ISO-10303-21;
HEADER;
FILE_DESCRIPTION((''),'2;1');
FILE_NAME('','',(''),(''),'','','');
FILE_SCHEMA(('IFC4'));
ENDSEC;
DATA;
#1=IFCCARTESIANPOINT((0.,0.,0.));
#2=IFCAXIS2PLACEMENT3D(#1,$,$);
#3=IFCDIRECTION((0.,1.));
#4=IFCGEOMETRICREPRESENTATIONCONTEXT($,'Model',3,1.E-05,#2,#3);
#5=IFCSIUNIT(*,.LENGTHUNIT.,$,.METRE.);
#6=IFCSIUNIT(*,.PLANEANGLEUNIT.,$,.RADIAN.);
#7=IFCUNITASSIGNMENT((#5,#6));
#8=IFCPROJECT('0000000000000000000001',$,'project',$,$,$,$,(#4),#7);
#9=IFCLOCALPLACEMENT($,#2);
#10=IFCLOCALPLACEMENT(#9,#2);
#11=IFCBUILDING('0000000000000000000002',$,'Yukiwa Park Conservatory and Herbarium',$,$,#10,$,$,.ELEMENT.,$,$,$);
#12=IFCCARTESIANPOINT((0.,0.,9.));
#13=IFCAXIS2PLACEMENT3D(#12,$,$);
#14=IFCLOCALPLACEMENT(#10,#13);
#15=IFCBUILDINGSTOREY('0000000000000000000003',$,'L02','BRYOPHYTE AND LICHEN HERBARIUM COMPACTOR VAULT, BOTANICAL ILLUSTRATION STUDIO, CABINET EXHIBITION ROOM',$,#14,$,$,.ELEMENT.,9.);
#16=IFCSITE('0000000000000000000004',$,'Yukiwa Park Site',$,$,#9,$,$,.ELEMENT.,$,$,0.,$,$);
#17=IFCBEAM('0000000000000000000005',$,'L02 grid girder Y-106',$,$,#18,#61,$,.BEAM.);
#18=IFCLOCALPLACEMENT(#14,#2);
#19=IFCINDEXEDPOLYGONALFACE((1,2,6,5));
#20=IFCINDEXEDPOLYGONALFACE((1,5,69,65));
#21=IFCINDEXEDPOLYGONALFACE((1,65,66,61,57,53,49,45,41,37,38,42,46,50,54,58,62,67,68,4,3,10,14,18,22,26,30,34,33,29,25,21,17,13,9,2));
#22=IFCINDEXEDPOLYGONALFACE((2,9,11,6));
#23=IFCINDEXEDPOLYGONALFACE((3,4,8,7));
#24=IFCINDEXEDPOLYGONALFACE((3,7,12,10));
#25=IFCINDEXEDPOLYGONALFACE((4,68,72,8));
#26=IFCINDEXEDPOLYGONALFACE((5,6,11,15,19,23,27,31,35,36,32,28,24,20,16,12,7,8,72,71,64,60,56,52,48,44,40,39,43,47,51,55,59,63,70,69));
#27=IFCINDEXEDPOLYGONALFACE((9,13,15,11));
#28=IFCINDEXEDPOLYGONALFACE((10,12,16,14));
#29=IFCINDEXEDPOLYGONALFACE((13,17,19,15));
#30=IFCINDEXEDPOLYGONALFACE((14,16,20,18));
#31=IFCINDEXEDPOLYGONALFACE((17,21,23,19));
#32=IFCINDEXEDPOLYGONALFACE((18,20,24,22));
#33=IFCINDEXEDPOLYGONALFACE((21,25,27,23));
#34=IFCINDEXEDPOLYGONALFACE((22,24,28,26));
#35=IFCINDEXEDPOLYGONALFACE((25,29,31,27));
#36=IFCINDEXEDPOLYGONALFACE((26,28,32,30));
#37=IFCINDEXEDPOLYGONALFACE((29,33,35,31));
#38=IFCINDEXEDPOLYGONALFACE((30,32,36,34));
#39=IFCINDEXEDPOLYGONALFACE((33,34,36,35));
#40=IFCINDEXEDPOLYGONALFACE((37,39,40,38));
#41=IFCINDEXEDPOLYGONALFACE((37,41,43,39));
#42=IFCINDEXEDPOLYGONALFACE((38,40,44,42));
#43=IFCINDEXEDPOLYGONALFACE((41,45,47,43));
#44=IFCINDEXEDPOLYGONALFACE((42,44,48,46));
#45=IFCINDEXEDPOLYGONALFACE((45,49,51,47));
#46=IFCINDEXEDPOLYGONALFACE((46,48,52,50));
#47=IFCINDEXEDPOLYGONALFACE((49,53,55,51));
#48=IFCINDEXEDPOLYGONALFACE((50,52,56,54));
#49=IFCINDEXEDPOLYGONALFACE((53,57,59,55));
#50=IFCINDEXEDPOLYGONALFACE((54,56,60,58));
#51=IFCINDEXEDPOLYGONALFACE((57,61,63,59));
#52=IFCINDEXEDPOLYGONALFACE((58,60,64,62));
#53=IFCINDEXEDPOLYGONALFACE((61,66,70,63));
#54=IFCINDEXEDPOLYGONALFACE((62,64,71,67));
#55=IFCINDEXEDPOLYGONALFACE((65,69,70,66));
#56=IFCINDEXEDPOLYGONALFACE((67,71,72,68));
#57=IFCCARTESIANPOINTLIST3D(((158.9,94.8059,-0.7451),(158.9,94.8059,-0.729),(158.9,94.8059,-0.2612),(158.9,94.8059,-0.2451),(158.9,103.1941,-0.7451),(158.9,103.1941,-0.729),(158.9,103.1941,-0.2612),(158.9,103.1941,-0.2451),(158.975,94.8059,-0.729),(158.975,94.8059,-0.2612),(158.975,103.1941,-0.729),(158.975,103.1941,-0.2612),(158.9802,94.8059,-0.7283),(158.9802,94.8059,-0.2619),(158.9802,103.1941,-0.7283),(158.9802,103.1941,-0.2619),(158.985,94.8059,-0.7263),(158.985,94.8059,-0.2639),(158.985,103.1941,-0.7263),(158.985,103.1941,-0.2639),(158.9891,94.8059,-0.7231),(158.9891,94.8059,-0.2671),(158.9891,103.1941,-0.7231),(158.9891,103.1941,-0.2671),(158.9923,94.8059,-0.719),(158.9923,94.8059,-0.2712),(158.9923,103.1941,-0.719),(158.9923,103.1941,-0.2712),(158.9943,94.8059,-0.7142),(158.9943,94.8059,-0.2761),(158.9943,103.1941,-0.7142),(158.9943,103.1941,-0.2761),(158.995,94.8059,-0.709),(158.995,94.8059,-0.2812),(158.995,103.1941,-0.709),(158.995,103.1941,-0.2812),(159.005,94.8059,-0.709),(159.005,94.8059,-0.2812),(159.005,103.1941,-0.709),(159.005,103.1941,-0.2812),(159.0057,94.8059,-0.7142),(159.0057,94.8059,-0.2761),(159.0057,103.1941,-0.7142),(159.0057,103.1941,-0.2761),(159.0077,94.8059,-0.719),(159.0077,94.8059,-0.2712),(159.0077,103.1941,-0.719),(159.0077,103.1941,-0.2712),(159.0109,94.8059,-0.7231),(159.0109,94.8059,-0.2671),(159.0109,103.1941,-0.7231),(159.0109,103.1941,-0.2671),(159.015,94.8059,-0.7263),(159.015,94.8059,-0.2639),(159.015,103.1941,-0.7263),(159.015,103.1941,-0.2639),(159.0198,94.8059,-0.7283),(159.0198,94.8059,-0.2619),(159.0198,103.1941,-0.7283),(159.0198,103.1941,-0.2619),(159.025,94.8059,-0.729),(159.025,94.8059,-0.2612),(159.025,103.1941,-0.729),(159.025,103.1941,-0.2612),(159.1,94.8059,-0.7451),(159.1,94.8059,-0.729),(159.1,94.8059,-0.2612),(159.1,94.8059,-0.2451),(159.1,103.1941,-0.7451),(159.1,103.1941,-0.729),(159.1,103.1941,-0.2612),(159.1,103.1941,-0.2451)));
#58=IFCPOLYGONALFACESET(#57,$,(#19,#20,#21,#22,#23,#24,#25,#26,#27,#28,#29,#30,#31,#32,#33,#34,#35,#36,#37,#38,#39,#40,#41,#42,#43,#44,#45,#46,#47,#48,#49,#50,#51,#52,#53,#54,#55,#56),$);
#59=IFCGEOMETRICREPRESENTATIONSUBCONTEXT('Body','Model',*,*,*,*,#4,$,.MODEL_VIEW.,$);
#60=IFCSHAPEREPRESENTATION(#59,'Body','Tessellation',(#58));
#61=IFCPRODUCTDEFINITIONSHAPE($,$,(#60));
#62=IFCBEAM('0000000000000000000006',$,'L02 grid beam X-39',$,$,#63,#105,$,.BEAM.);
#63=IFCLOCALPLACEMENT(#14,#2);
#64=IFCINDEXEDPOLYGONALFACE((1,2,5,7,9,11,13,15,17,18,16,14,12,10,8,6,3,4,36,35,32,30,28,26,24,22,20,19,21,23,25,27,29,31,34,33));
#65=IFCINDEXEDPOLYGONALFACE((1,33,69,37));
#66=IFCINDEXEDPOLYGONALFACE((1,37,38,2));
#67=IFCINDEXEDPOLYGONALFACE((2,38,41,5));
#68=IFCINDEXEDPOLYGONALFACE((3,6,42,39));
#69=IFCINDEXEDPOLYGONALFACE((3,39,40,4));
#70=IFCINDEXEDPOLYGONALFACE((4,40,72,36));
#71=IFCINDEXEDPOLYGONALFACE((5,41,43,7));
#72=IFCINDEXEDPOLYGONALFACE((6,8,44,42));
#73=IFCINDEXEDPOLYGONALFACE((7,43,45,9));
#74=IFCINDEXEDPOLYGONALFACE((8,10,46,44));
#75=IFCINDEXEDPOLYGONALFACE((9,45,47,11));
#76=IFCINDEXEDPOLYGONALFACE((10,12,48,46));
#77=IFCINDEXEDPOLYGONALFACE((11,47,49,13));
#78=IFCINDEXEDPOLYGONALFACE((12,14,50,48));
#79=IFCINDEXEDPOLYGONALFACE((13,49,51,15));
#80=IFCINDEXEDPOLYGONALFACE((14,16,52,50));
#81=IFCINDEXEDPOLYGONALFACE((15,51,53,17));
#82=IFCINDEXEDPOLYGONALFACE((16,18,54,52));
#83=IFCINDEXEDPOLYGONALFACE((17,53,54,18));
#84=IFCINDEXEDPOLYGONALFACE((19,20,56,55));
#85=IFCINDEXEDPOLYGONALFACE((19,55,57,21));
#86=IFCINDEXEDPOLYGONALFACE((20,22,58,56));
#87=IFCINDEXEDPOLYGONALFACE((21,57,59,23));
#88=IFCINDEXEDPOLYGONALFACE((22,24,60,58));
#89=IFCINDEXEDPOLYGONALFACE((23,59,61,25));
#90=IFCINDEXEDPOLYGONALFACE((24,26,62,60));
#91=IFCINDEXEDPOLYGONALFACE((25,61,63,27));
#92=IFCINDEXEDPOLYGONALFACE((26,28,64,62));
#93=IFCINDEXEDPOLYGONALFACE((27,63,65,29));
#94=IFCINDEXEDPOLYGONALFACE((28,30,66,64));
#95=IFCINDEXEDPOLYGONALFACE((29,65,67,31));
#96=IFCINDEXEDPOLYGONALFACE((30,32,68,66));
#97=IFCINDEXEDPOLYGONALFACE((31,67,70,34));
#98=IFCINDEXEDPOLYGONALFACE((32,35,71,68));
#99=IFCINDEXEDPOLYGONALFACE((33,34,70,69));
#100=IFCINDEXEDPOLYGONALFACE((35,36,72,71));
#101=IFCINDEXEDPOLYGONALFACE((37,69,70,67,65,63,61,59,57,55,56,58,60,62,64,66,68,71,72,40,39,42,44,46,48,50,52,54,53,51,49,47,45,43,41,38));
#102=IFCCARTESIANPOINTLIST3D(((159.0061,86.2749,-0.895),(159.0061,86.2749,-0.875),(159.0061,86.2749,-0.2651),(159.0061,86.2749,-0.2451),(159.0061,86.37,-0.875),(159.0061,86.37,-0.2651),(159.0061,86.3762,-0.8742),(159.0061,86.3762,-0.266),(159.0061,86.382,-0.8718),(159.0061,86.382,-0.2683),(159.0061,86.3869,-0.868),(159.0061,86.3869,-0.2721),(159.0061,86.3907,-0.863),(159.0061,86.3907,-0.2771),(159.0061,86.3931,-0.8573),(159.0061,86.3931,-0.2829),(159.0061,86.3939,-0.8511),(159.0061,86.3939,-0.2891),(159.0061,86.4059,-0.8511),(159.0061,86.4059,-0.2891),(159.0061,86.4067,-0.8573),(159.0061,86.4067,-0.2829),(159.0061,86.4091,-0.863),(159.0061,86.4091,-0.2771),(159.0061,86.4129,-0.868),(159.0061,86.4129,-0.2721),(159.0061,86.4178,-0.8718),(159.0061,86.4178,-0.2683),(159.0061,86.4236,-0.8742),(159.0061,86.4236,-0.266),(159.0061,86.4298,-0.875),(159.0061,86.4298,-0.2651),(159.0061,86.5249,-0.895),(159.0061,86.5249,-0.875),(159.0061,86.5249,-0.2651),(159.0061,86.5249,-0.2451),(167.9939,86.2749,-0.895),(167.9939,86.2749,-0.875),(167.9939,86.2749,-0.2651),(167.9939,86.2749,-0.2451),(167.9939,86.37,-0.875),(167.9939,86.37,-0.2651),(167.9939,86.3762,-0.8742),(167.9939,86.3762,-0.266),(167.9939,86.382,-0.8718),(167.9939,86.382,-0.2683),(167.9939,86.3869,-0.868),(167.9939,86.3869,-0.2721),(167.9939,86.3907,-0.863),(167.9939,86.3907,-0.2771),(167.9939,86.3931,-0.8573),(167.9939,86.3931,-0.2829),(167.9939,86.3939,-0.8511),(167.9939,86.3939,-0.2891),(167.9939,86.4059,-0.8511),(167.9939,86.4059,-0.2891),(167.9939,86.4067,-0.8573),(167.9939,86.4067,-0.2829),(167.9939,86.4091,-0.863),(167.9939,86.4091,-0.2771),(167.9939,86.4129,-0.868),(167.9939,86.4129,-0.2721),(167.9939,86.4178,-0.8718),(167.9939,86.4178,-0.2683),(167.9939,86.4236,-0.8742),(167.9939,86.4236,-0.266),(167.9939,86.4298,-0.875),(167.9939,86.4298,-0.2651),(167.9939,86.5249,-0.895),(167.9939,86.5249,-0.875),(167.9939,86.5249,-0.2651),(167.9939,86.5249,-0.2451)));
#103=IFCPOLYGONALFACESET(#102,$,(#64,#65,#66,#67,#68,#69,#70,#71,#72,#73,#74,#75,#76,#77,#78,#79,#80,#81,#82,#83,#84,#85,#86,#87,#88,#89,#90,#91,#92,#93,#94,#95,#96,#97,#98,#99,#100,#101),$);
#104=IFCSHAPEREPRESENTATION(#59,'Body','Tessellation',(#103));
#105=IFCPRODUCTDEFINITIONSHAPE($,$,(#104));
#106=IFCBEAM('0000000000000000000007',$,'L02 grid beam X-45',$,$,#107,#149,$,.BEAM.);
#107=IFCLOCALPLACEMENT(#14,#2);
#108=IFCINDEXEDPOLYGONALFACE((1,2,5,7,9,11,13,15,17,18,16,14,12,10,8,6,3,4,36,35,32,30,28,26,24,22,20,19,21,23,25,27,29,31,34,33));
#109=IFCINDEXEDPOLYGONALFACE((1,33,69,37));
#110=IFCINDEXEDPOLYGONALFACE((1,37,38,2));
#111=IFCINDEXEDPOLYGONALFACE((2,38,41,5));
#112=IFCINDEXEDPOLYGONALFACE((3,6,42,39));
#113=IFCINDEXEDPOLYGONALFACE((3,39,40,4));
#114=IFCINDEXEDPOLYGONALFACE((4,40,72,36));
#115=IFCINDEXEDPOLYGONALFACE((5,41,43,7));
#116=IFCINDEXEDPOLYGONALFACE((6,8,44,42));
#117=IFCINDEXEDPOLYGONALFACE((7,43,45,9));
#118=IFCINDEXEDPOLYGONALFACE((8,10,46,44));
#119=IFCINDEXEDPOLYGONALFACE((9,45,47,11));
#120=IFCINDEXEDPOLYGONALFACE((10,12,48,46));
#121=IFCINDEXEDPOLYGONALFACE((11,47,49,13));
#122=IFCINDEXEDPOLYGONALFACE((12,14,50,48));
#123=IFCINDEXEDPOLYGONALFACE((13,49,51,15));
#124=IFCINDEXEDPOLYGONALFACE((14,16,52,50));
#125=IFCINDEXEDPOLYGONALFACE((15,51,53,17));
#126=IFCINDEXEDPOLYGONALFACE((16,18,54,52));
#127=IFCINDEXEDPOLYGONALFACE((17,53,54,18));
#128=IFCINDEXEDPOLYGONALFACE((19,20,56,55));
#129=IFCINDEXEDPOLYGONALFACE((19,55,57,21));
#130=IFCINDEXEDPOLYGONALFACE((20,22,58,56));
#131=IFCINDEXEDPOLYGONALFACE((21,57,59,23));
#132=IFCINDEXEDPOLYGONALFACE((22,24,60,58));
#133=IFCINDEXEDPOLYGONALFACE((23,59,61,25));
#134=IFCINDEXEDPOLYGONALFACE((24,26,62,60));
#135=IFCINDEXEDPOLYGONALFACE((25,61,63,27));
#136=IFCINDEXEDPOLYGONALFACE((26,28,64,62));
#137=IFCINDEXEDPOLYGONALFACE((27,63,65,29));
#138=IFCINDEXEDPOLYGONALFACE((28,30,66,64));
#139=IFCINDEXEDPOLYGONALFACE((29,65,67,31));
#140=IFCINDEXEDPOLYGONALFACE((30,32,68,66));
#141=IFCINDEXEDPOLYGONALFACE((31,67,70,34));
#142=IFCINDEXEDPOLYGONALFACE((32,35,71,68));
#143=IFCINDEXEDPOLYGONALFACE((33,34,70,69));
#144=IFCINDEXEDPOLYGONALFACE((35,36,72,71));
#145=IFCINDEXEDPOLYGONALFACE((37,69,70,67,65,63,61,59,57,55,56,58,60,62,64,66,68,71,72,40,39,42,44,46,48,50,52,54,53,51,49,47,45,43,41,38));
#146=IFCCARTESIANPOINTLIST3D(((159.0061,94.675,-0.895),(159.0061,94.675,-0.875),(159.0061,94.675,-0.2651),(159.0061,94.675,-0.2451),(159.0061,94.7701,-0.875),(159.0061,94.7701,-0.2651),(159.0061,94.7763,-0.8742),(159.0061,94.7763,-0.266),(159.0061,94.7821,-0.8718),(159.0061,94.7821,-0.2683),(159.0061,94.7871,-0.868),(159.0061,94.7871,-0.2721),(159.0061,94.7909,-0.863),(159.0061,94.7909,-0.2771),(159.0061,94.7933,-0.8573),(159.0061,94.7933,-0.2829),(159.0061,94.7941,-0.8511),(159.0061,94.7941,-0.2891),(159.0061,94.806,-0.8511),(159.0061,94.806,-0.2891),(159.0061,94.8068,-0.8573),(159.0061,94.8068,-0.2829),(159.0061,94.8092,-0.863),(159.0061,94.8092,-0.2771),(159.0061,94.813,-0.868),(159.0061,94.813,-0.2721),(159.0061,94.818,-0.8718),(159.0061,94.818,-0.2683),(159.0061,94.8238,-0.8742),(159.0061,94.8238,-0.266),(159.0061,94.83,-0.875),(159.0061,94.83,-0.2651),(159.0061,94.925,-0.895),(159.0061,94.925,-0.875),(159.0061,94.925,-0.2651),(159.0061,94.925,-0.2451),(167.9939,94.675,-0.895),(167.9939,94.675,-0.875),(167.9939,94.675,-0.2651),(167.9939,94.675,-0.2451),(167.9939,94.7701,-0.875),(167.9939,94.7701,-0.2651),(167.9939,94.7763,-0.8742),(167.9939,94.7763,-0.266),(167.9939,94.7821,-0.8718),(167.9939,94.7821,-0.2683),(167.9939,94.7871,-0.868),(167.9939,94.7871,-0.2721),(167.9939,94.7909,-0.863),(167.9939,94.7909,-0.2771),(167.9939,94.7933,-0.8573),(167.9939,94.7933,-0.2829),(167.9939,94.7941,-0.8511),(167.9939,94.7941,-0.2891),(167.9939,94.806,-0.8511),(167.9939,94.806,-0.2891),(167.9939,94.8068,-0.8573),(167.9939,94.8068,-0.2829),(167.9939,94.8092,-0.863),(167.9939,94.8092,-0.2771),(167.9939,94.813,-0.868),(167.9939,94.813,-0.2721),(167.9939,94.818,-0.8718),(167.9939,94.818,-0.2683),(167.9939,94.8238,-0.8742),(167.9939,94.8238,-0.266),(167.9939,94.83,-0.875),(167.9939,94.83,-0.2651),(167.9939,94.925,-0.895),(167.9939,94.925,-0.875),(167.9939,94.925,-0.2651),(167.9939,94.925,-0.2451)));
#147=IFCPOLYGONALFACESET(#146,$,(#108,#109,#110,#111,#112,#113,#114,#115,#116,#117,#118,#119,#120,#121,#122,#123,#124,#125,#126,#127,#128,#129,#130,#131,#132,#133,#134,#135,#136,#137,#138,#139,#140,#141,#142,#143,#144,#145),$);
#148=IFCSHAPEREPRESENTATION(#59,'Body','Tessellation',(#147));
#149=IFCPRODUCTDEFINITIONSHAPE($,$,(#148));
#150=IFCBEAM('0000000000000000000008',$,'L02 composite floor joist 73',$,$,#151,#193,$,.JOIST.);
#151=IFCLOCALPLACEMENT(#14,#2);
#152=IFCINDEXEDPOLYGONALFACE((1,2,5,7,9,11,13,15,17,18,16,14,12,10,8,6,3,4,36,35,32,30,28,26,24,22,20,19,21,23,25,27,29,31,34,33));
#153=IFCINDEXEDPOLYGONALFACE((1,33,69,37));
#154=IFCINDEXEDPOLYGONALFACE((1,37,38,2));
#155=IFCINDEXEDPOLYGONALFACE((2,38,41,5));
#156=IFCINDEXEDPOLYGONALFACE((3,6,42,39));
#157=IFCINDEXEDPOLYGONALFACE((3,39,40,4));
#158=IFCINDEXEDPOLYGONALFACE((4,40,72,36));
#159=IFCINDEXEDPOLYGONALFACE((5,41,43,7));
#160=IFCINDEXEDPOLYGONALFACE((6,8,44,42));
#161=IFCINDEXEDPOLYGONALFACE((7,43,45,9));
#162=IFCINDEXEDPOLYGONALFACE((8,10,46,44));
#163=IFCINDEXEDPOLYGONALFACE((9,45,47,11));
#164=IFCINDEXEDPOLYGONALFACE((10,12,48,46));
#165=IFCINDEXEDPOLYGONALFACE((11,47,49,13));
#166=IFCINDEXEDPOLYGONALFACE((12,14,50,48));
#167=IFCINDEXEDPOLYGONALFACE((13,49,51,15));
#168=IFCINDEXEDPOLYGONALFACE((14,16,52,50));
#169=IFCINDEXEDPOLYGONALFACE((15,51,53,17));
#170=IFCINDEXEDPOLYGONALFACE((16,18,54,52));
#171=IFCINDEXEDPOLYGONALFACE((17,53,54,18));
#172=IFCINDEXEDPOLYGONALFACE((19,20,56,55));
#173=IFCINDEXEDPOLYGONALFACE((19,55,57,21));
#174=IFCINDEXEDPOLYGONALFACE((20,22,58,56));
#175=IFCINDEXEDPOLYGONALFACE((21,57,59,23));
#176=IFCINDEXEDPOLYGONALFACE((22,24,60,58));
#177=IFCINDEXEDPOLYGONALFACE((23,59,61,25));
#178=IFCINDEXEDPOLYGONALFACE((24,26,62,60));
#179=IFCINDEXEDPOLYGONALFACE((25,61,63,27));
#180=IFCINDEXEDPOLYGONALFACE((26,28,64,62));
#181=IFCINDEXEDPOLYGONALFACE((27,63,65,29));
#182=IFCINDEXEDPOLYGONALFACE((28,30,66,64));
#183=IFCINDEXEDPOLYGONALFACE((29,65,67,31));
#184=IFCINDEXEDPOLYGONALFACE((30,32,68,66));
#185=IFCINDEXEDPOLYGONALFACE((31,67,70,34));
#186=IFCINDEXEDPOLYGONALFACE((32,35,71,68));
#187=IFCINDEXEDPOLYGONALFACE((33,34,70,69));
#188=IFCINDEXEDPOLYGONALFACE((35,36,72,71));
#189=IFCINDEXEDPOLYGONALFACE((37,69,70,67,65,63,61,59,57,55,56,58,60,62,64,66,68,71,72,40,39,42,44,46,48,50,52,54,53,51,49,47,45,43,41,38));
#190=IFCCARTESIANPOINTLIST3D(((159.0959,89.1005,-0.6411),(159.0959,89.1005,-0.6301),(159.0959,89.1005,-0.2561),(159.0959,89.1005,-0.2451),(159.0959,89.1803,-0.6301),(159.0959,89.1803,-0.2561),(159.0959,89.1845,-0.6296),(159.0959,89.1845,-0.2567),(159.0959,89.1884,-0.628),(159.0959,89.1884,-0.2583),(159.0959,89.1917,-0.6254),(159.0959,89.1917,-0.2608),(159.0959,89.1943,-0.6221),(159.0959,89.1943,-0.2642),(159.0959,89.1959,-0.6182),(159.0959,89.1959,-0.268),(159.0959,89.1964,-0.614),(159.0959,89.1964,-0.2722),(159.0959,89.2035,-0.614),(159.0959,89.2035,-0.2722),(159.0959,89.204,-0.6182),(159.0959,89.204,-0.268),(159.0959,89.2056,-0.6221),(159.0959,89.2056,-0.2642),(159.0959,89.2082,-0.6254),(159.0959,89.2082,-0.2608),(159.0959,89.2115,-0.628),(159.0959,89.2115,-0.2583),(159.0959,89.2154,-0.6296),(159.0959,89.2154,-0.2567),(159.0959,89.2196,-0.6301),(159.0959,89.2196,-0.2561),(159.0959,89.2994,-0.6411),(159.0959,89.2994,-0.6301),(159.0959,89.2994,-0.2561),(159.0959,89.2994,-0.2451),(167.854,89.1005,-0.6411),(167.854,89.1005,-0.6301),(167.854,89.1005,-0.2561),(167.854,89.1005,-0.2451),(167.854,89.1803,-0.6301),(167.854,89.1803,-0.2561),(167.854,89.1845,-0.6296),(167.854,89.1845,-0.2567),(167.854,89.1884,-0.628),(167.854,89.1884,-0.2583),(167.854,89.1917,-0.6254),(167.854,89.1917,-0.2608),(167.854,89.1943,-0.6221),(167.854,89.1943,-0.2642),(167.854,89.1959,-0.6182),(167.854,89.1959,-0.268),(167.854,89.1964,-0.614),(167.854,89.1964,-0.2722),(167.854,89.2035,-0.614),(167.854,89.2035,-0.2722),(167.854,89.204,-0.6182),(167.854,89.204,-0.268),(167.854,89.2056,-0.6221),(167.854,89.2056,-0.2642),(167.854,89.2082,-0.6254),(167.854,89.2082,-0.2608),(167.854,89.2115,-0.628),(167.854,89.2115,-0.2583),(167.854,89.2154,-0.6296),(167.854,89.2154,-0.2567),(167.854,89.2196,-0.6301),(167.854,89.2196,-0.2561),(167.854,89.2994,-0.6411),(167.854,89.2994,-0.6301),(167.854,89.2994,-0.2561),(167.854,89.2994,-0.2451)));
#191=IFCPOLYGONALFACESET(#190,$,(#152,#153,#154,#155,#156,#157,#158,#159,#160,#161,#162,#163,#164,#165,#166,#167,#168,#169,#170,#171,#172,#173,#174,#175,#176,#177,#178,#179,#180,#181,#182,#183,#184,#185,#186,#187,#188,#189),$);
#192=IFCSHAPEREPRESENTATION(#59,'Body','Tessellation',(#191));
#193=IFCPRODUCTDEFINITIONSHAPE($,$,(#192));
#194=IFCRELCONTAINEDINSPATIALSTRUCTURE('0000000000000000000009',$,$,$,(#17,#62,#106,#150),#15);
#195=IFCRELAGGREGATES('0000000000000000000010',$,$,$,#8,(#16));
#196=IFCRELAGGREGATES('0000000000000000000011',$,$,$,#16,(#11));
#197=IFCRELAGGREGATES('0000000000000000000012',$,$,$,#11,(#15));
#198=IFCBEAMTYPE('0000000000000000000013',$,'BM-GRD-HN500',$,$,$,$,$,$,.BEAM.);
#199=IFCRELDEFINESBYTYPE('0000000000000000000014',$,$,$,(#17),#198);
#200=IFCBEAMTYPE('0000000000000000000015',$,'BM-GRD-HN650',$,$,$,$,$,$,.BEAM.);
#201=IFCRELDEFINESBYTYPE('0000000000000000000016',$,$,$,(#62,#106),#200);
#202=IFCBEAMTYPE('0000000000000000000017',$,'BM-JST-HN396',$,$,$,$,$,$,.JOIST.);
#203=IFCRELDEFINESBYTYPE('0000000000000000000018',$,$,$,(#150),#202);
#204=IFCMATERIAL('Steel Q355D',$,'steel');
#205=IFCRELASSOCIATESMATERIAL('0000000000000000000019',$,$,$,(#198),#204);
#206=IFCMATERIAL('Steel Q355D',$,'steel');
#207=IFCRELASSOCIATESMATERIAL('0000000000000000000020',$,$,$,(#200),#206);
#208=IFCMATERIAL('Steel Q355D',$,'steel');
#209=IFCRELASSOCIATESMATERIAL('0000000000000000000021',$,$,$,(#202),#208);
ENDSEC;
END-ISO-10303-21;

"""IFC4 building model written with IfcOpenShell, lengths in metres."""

from ifc_helpers import new_model, si_unit, direction, frame, origin, origin_2d, place, context, subcontext, project, spatial, i_section, extrude, material, material_profile, profile_set, type_object, element, save


model = new_model("IFC4")

# Units and contexts
model_context = context("Model", 3, precision=1e-05, world=origin(), true_north=direction((0.0, 1.0)))
body_context = subcontext(model_context, "Body", "Model", "MODEL_VIEW")
ifc_project = project(units=[si_unit("LENGTHUNIT", "METRE"), si_unit("PLANEANGLEUNIT", "RADIAN")], contexts=[model_context])

# Site, building, storey
site_placement = place(None, origin())
site = spatial("IfcSite", under=ifc_project, at=site_placement, Name="Yukiwa Park Site", CompositionType="ELEMENT", RefElevation=0.0)
building_placement = place(site_placement, origin())
building = spatial("IfcBuilding", under=site, at=building_placement, Name="Yukiwa Park Conservatory and Herbarium", CompositionType="ELEMENT")
storey_placement = place(building_placement, frame((0.0, 0.0, 9.0)))
storey = spatial("IfcBuildingStorey", under=building, at=storey_placement, Name="L02", Description="BRYOPHYTE AND LICHEN HERBARIUM COMPACTOR VAULT, BOTANICAL ILLUSTRATION STUDIO, CABINET EXHIBITION ROOM", CompositionType="ELEMENT", Elevation=9.0)

# Beams
ifc_material_1 = material(Name="Steel Q355D", Category="steel")
ifc_material_profile_1 = material_profile(ifc_material_1, i_section(OverallWidth=0.2, OverallDepth=0.5, WebThickness=0.01, FlangeThickness=0.0161, FilletRadius=0.02, at=origin_2d()), Name="HN 500x200x10x16")
ifc_profile_set_1 = profile_set([ifc_material_profile_1], Name="Steel Q355D")
beam_type_1 = type_object("IfcBeamType", Name="BM-GRD-HN500", PredefinedType="BEAM", material=ifc_profile_set_1)
beam_1_placement = place(storey_placement, frame((159.0, 94.8059, -0.4951), z_axis=(0.0, 1.0, 0.0), x_axis=(-1.0, 0.0, 0.0)))
element("IfcBeam", 1, at=beam_1_placement, inside=storey, type_object=beam_type_1, Name="L02 grid girder Y-106", PredefinedType="BEAM", context=body_context, shape_type="SweptSolid", body=[
    extrude(i_section(OverallWidth=0.2, OverallDepth=0.5, WebThickness=0.01, FlangeThickness=0.0161, FilletRadius=0.02, at=origin_2d()), origin(), (0.0, 0.0, 1.0), 8.3882),
])
ifc_material_2 = material(Name="Steel Q355D", Category="steel")
ifc_material_profile_2 = material_profile(ifc_material_2, i_section(OverallWidth=0.25, OverallDepth=0.6499, WebThickness=0.012, FlangeThickness=0.02, FilletRadius=0.0239, at=origin_2d()), Name="HN 650x250x12x20")
ifc_profile_set_2 = profile_set([ifc_material_profile_2], Name="Steel Q355D")
beam_type_2 = type_object("IfcBeamType", Name="BM-GRD-HN650", PredefinedType="BEAM", material=ifc_profile_set_2)
for number, where, z_axis, x_axis, name in (
    (2, (159.0061, 86.3999, -0.5701), (1.0, 0.0, 0.0), (0.0, 1.0, 0.0), "L02 grid beam X-39"),
    (3, (159.0061, 94.8, -0.5701), (1.0, 0.0, 0.0), (0.0, 1.0, 0.0), "L02 grid beam X-45"),
):
    element("IfcBeam", number, at=place(storey_placement, frame(where, z_axis=z_axis, x_axis=x_axis)), inside=storey, type_object=beam_type_2, Name=name, PredefinedType="BEAM", context=body_context, shape_type="SweptSolid", body=[
        extrude(i_section(OverallWidth=0.25, OverallDepth=0.6499, WebThickness=0.012, FlangeThickness=0.02, FilletRadius=0.0239, at=origin_2d()), origin(), (0.0, 0.0, 1.0), 8.9878),
    ])
ifc_material_3 = material(Name="Steel Q355D", Category="steel")
ifc_material_profile_3 = material_profile(ifc_material_3, i_section(OverallWidth=0.199, OverallDepth=0.396, WebThickness=0.0071, FlangeThickness=0.011, FilletRadius=0.0161, at=origin_2d()), Name="HN 396x199x7x11")
ifc_profile_set_3 = profile_set([ifc_material_profile_3], Name="Steel Q355D")
beam_type_3 = type_object("IfcBeamType", Name="BM-JST-HN396", PredefinedType="JOIST", material=ifc_profile_set_3)
beam_2_placement = place(storey_placement, frame((159.0959, 89.2, -0.4431), z_axis=(1.0, 0.0, 0.0), x_axis=(0.0, 1.0, 0.0)))
element("IfcBeam", 4, at=beam_2_placement, inside=storey, type_object=beam_type_3, Name="L02 composite floor joist 73", PredefinedType="JOIST", context=body_context, shape_type="SweptSolid", body=[
    extrude(i_section(OverallWidth=0.199, OverallDepth=0.396, WebThickness=0.0071, FlangeThickness=0.011, FilletRadius=0.0161, at=origin_2d()), origin(), (0.0, 0.0, 1.0), 8.7581),
])

save(model, "model.ifc")
